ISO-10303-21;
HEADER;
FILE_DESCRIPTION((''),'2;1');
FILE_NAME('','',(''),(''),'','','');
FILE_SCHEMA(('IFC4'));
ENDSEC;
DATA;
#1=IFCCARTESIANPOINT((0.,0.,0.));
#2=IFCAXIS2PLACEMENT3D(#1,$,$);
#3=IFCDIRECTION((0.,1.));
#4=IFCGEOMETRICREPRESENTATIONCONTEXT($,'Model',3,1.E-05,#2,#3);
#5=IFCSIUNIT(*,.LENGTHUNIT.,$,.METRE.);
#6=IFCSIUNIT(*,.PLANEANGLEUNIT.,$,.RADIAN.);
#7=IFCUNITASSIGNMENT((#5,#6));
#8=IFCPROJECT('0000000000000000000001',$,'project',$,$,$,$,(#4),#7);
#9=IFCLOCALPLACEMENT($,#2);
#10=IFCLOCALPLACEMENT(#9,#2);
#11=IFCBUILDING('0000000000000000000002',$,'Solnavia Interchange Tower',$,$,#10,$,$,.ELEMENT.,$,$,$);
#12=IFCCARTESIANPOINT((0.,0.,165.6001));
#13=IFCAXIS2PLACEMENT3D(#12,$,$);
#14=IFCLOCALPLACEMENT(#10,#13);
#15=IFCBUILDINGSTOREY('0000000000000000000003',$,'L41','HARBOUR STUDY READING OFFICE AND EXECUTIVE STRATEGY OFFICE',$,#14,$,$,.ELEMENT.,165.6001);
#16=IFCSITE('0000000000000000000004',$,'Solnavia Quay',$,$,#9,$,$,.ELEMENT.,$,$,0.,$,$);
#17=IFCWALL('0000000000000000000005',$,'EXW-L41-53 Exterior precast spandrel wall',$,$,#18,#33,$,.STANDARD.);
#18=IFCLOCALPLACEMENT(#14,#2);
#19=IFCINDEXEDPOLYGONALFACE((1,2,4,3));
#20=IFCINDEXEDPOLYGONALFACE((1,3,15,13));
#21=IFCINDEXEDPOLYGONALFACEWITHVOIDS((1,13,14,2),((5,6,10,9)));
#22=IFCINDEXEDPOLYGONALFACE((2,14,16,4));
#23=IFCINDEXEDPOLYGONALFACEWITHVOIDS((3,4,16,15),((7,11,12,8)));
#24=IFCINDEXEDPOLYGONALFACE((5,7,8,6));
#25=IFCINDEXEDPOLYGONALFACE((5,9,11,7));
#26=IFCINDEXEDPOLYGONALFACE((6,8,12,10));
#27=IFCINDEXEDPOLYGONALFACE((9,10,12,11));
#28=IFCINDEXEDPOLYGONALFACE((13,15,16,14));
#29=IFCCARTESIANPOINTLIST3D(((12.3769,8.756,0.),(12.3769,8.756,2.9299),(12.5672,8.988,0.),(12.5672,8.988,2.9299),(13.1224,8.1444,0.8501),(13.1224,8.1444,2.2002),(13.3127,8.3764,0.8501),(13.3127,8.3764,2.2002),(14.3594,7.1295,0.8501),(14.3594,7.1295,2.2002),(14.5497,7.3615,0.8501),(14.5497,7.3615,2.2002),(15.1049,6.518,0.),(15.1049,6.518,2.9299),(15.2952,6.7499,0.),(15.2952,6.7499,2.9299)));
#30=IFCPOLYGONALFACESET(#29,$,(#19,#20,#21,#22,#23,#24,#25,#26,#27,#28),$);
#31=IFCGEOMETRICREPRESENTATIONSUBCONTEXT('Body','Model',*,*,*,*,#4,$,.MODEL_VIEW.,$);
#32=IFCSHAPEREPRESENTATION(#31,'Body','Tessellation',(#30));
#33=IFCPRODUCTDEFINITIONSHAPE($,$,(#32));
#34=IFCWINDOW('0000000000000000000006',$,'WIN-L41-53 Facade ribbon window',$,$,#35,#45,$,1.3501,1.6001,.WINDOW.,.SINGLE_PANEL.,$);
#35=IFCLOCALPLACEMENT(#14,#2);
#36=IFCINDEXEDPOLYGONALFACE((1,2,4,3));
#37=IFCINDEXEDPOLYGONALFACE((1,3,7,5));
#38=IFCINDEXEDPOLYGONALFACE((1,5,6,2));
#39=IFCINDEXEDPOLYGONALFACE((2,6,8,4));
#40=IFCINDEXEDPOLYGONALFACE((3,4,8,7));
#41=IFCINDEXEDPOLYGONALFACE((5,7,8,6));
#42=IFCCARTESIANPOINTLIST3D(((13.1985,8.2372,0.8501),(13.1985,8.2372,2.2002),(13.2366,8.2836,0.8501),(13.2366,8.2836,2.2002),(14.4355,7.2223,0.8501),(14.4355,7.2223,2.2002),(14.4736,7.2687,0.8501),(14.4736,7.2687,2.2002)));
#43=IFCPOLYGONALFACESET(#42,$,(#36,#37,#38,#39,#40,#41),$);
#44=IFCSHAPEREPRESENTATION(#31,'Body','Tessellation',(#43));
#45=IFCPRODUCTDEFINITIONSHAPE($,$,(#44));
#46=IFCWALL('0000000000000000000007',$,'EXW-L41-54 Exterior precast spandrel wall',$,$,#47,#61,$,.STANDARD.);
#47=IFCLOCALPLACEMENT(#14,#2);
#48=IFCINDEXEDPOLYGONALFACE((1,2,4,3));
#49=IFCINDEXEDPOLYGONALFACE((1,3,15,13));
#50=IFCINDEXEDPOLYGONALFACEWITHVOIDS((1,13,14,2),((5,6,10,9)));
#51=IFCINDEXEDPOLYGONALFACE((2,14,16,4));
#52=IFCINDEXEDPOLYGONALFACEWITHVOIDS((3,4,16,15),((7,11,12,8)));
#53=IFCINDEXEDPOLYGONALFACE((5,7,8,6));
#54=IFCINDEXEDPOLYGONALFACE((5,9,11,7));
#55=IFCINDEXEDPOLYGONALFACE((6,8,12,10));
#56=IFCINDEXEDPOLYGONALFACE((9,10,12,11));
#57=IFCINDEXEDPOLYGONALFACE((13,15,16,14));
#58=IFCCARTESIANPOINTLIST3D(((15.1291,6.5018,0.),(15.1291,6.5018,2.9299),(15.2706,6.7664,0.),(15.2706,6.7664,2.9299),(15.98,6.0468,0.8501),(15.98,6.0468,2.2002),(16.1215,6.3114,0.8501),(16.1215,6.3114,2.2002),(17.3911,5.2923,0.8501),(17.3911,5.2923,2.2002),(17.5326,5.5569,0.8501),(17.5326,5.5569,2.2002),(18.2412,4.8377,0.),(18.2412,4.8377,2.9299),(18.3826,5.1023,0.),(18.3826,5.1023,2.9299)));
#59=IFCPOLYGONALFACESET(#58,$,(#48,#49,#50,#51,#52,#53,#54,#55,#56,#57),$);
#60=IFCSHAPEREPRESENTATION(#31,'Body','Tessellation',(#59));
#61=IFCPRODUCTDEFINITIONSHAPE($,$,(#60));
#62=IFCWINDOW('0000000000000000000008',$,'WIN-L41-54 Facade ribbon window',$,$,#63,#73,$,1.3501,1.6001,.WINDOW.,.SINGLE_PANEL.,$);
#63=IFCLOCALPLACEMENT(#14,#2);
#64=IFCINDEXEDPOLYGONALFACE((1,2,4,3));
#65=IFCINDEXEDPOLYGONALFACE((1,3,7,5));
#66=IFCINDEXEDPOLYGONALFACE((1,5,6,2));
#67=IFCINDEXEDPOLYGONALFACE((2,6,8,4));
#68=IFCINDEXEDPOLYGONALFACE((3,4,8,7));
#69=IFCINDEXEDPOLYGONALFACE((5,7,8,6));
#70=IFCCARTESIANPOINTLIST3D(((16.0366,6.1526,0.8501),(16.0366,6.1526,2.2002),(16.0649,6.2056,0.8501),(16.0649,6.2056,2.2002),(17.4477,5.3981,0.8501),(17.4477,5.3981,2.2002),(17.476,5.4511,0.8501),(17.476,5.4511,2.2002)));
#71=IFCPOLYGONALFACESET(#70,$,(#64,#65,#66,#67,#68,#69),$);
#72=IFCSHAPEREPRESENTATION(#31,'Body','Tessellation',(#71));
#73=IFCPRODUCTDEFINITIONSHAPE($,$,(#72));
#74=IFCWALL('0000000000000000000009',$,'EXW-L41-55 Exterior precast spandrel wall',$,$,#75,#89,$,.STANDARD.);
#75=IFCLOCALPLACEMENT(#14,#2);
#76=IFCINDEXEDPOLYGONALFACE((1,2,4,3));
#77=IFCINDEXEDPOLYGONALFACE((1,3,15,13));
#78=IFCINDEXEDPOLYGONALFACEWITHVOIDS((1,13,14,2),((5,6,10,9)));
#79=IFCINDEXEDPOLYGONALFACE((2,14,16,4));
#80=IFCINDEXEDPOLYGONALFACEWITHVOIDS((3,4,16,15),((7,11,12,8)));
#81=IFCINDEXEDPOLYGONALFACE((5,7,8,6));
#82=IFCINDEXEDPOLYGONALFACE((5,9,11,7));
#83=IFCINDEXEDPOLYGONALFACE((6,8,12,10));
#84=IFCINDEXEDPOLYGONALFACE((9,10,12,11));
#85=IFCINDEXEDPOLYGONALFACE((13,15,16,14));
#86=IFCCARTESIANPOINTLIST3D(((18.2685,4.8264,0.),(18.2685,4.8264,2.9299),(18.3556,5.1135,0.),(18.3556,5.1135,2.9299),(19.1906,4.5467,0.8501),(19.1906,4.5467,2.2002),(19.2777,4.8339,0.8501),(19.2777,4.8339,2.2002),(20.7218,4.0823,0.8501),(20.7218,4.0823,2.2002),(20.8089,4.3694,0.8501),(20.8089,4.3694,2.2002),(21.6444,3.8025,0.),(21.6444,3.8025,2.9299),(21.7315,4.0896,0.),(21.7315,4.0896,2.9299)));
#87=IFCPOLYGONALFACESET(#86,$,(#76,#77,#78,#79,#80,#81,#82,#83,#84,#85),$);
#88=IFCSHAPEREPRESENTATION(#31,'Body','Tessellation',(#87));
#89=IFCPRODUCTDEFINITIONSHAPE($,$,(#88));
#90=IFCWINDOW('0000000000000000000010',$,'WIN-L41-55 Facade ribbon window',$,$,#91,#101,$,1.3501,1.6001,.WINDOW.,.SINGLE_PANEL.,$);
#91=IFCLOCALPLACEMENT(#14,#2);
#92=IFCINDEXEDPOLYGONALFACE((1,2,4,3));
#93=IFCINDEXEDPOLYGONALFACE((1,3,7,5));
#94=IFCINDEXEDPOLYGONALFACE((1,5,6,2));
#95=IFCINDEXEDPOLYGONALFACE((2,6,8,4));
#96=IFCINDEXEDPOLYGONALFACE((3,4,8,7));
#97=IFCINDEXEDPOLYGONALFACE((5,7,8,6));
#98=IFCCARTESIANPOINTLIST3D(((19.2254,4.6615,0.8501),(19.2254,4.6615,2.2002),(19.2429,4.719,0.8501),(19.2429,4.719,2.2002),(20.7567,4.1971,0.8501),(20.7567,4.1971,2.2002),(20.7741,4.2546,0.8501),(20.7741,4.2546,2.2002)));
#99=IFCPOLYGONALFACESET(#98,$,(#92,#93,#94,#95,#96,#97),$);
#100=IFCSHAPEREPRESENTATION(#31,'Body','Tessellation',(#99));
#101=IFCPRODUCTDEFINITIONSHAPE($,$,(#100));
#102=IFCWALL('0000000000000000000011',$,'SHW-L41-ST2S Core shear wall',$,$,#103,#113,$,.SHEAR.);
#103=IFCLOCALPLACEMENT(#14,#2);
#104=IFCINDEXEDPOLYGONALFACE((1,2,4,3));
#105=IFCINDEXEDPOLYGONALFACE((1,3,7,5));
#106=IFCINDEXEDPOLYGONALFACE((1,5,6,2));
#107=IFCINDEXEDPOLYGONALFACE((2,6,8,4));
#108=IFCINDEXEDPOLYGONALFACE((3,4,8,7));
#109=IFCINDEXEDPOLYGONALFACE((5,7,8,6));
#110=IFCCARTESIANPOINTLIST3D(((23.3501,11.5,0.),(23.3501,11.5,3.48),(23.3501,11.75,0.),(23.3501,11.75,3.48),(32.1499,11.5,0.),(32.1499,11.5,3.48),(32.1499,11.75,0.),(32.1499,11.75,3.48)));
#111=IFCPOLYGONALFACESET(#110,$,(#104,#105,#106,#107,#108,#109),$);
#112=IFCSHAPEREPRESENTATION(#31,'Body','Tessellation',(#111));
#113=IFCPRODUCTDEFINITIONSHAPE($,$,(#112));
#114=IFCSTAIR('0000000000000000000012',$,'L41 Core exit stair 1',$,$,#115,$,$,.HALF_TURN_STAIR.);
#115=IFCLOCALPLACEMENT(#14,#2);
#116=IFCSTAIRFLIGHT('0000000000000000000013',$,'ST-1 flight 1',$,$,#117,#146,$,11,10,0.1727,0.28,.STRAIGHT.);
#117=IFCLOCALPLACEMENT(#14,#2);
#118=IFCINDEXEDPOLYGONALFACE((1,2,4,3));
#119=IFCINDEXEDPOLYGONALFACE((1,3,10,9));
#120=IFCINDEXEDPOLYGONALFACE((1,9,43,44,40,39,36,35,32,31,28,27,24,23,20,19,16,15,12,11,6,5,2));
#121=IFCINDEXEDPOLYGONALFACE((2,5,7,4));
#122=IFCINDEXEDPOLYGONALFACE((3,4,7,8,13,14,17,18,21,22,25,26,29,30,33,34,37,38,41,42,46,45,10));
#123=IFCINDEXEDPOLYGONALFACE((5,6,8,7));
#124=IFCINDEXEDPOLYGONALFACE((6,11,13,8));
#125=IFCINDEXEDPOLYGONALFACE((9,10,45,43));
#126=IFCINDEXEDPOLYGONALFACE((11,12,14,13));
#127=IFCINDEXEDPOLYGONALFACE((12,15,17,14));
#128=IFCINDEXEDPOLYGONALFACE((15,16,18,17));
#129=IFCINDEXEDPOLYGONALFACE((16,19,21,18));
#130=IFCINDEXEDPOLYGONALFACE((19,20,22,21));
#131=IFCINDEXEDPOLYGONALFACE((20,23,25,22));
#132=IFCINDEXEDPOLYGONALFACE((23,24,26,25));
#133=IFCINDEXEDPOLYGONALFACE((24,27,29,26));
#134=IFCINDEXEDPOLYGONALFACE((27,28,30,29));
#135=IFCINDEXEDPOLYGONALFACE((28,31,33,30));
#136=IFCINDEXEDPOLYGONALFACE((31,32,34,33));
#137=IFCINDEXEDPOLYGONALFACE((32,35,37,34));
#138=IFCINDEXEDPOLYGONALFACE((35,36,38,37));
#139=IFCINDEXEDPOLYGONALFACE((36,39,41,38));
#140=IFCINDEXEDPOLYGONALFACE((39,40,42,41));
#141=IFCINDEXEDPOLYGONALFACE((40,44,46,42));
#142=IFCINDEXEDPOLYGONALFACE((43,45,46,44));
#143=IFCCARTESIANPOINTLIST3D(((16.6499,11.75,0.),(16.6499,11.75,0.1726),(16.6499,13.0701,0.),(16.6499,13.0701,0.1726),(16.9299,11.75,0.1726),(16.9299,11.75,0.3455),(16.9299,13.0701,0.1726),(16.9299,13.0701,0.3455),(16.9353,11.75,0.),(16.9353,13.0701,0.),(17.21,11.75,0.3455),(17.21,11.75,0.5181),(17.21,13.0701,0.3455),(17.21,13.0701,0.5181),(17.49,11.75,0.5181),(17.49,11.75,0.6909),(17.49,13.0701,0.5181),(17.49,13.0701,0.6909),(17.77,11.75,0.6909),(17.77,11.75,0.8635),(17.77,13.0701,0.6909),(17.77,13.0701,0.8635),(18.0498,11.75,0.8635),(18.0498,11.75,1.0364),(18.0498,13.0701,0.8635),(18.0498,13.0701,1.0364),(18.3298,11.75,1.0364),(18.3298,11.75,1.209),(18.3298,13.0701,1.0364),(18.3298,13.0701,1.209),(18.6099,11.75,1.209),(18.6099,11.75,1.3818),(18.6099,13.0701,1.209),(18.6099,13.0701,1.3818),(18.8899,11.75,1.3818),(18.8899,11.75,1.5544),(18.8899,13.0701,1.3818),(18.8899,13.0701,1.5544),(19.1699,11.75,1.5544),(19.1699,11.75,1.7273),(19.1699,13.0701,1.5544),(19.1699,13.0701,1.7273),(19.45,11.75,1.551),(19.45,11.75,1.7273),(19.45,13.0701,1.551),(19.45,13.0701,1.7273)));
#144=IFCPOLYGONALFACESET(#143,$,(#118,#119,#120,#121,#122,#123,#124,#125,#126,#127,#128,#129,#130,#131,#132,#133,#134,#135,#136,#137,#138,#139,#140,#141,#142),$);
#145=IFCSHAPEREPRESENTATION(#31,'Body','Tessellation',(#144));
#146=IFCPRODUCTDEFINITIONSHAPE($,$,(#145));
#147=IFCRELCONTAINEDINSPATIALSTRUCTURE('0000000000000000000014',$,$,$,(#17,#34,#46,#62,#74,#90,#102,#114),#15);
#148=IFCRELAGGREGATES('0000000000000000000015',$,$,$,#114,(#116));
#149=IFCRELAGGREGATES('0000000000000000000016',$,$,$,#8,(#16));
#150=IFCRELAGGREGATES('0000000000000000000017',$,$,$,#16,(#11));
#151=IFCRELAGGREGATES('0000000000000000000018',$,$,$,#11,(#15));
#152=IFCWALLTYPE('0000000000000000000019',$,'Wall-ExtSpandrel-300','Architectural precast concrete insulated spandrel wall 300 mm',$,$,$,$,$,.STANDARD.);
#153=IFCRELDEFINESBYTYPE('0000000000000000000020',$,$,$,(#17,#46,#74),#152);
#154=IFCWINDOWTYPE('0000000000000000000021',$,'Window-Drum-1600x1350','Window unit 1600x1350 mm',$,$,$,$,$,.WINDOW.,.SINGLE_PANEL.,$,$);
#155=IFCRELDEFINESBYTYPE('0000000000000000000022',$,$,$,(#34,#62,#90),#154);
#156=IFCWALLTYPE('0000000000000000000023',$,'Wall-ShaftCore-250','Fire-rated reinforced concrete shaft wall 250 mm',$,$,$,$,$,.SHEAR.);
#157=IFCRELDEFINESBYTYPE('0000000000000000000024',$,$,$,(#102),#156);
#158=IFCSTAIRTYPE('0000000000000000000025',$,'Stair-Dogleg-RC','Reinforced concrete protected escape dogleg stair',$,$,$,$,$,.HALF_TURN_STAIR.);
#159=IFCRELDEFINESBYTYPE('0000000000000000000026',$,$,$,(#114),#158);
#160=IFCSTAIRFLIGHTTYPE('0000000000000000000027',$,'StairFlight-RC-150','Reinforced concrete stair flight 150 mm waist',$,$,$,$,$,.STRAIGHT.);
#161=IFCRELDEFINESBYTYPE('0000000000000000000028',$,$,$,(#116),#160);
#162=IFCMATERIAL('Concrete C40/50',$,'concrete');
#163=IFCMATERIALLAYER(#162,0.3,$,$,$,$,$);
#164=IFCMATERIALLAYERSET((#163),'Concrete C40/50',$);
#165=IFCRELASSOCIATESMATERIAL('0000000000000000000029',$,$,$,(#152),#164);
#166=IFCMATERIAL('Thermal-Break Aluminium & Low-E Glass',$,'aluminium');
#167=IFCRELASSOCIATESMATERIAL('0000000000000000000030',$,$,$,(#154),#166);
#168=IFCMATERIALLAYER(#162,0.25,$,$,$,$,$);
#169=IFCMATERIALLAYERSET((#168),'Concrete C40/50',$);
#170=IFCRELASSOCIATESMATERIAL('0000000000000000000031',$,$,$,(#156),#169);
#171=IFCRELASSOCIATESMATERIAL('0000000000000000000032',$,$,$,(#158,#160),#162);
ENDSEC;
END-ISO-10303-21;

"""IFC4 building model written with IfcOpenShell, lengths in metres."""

from ifc_helpers import new_model, si_unit, direction, frame, frame_2d, origin, place, context, subcontext, project, spatial, polyline, rectangle, outline, extrude, material, layer, layer_set, type_object, element, fill, aggregate, save


model = new_model("IFC4")

# Units and contexts
model_context = context("Model", 3, precision=1e-05, world=origin(), true_north=direction((0.0, 1.0)))
body_context = subcontext(model_context, "Body", "Model", "MODEL_VIEW")
ifc_project = project(units=[si_unit("LENGTHUNIT", "METRE"), si_unit("PLANEANGLEUNIT", "RADIAN")], contexts=[model_context])

# Site, building, storey
site_placement = place(None, origin())
site = spatial("IfcSite", under=ifc_project, at=site_placement, Name="Solnavia Quay", CompositionType="ELEMENT", RefElevation=0.0)
building_placement = place(site_placement, origin())
building = spatial("IfcBuilding", under=site, at=building_placement, Name="Solnavia Interchange Tower", CompositionType="ELEMENT")
storey_placement = place(building_placement, frame((0.0, 0.0, 165.6001)))
storey = spatial("IfcBuildingStorey", under=building, at=storey_placement, Name="L41", Description="HARBOUR STUDY READING OFFICE AND EXECUTIVE STRATEGY OFFICE", CompositionType="ELEMENT", Elevation=165.6001)

# Walls, openings, windows
ifc_material_1 = material(Name="Concrete C40/50", Category="concrete")
ifc_layer_1 = layer(ifc_material_1, 0.3)
ifc_layer_set_1 = layer_set([ifc_layer_1], Name="Concrete C40/50")
wall_type_1 = type_object("IfcWallType", Name="Wall-ExtSpandrel-300", Description="Architectural precast concrete insulated spandrel wall 300 mm", PredefinedType="STANDARD", material=ifc_layer_set_1)
wall_1_placement = place(storey_placement, frame((15.2, 6.634, 0.0), z_axis=(0.0, 0.0, 1.0), x_axis=(-0.773121, 0.634258, 0.0)))
wall_1 = element("IfcWall", 1, at=wall_1_placement, inside=storey, type_object=wall_type_1, Name="EXW-L41-53 Exterior precast spandrel wall", PredefinedType="STANDARD", context=body_context, shape_type="SweptSolid", body=[
    extrude(rectangle(XDim=3.5286, YDim=0.3, at=frame_2d((1.7642, 0.0))), origin(), (0.0, 0.0, 1.0), 2.9299),
])
opening_1_placement = place(wall_1_placement, frame((0.9641, 0.0, 0.8501)))
opening_1 = element("IfcOpeningElement", 2, at=opening_1_placement, cuts=wall_1, PredefinedType="OPENING", context=body_context, shape_type="SweptSolid", body=[
    extrude(rectangle(XDim=1.6001, YDim=1.3501, at=frame_2d((0.8, 0.675))), frame((0.0, 0.1602, 0.0), z_axis=(0.0, -1.0, 0.0), x_axis=(1.0, 0.0, 0.0)), (0.0, 0.0, 1.0), 0.3201),
])
ifc_material_2 = material(Name="Thermal-Break Aluminium & Low-E Glass", Category="aluminium")
window_type = type_object("IfcWindowType", Name="Window-Drum-1600x1350", Description="Window unit 1600x1350 mm", PartitioningType="SINGLE_PANEL", PredefinedType="WINDOW", material=ifc_material_2)
window_1_placement = place(opening_1_placement, origin())
window_1 = element("IfcWindow", 3, at=window_1_placement, inside=storey, type_object=window_type, Name="WIN-L41-53 Facade ribbon window", OverallHeight=1.3501, OverallWidth=1.6001, PartitioningType="SINGLE_PANEL", PredefinedType="WINDOW", context=body_context, shape_type="SweptSolid", body=[
    extrude(rectangle(XDim=1.6001, YDim=1.3501, at=frame_2d((0.8, 0.675))), frame((0.0, 0.03, 0.0), z_axis=(0.0, -1.0, 0.0), x_axis=(1.0, 0.0, 0.0)), (0.0, 0.0, 1.0), 0.0601),
])
fill(opening_1, window_1)
wall_2_placement = place(storey_placement, frame((18.312, 4.97, 0.0), z_axis=(0.0, 0.0, 1.0), x_axis=(-0.881847, 0.471536, 0.0)))
wall_2 = element("IfcWall", 4, at=wall_2_placement, inside=storey, type_object=wall_type_1, Name="EXW-L41-54 Exterior precast spandrel wall", PredefinedType="STANDARD", context=body_context, shape_type="SweptSolid", body=[
    extrude(rectangle(XDim=3.5291, YDim=0.3, at=frame_2d((1.7646, 0.0))), origin(), (0.0, 0.0, 1.0), 2.9299),
])
opening_2_placement = place(wall_2_placement, frame((0.9641, 0.0, 0.8501)))
opening_2 = element("IfcOpeningElement", 5, at=opening_2_placement, cuts=wall_2, PredefinedType="OPENING", context=body_context, shape_type="SweptSolid", body=[
    extrude(rectangle(XDim=1.6001, YDim=1.3501, at=frame_2d((0.8, 0.675))), frame((0.0, 0.1602, 0.0), z_axis=(0.0, -1.0, 0.0), x_axis=(1.0, 0.0, 0.0)), (0.0, 0.0, 1.0), 0.3201),
])
window_2_placement = place(opening_2_placement, origin())
window_2 = element("IfcWindow", 6, at=window_2_placement, inside=storey, type_object=window_type, Name="WIN-L41-54 Facade ribbon window", OverallHeight=1.3501, OverallWidth=1.6001, PartitioningType="SINGLE_PANEL", PredefinedType="WINDOW", context=body_context, shape_type="SweptSolid", body=[
    extrude(rectangle(XDim=1.6001, YDim=1.3501, at=frame_2d((0.8, 0.675))), frame((0.0, 0.03, 0.0), z_axis=(0.0, -1.0, 0.0), x_axis=(1.0, 0.0, 0.0)), (0.0, 0.0, 1.0), 0.0601),
])
fill(opening_2, window_2)
wall_3_placement = place(storey_placement, frame((21.688, 3.946, 0.0), z_axis=(0.0, 0.0, 1.0), x_axis=(-0.956953, 0.290242, 0.0)))
wall_3 = element("IfcWall", 7, at=wall_3_placement, inside=storey, type_object=wall_type_1, Name="EXW-L41-55 Exterior precast spandrel wall", PredefinedType="STANDARD", context=body_context, shape_type="SweptSolid", body=[
    extrude(rectangle(XDim=3.5278, YDim=0.3, at=frame_2d((1.7639, 0.0))), origin(), (0.0, 0.0, 1.0), 2.9299),
])
opening_3_placement = place(wall_3_placement, frame((0.9641, 0.0, 0.8501)))
opening_3 = element("IfcOpeningElement", 8, at=opening_3_placement, cuts=wall_3, PredefinedType="OPENING", context=body_context, shape_type="SweptSolid", body=[
    extrude(rectangle(XDim=1.6001, YDim=1.3501, at=frame_2d((0.8, 0.675))), frame((0.0, 0.1602, 0.0), z_axis=(0.0, -1.0, 0.0), x_axis=(1.0, 0.0, 0.0)), (0.0, 0.0, 1.0), 0.3201),
])
window_3_placement = place(opening_3_placement, origin())
window_3 = element("IfcWindow", 9, at=window_3_placement, inside=storey, type_object=window_type, Name="WIN-L41-55 Facade ribbon window", OverallHeight=1.3501, OverallWidth=1.6001, PartitioningType="SINGLE_PANEL", PredefinedType="WINDOW", context=body_context, shape_type="SweptSolid", body=[
    extrude(rectangle(XDim=1.6001, YDim=1.3501, at=frame_2d((0.8, 0.675))), frame((0.0, 0.03, 0.0), z_axis=(0.0, -1.0, 0.0), x_axis=(1.0, 0.0, 0.0)), (0.0, 0.0, 1.0), 0.0601),
])
fill(opening_3, window_3)

# Wall
ifc_layer_2 = layer(ifc_material_1, 0.25)
ifc_layer_set_2 = layer_set([ifc_layer_2], Name="Concrete C40/50")
wall_type_2 = type_object("IfcWallType", Name="Wall-ShaftCore-250", Description="Fire-rated reinforced concrete shaft wall 250 mm", PredefinedType="SHEAR", material=ifc_layer_set_2)
wall_4_placement = place(storey_placement, frame((23.3501, 11.625, 0.0), z_axis=(0.0, 0.0, 1.0), x_axis=(1.0, 0.0, 0.0)))
element("IfcWall", 10, at=wall_4_placement, inside=storey, type_object=wall_type_2, Name="SHW-L41-ST2S Core shear wall", PredefinedType="SHEAR", context=body_context, shape_type="SweptSolid", body=[
    extrude(rectangle(XDim=8.7998, YDim=0.25, at=frame_2d((4.3999, 0.0))), origin(), (0.0, 0.0, 1.0), 3.48),
])

# Stair, stair flight
stair_type = type_object("IfcStairType", Name="Stair-Dogleg-RC", Description="Reinforced concrete protected escape dogleg stair", PredefinedType="HALF_TURN_STAIR", material=ifc_material_1)
stair_placement = place(storey_placement, origin())
stair = element("IfcStair", 11, at=stair_placement, inside=storey, type_object=stair_type, Name="L41 Core exit stair 1", PredefinedType="HALF_TURN_STAIR")
stair_flight_type = type_object("IfcStairFlightType", Name="StairFlight-RC-150", Description="Reinforced concrete stair flight 150 mm waist", PredefinedType="STRAIGHT", material=ifc_material_1)
stair_flight_placement = place(storey_placement, frame((16.6499, 12.4099, 0.0), z_axis=(0.0, 0.0, 1.0), x_axis=(1.0, 0.0, 0.0)))
stair_flight = element("IfcStairFlight", 12, at=stair_flight_placement, type_object=stair_flight_type, Name="ST-1 flight 1", NumberOfRisers=11, NumberOfTreads=10, PredefinedType="STRAIGHT", RiserHeight=0.1727, TreadLength=0.28, context=body_context, shape_type="SweptSolid", body=[
    extrude(outline(polyline([(0.0, 0.0), (0.0, 0.1726), (0.28, 0.1726), (0.28, 0.3455), (0.5601, 0.3455), (0.5601, 0.5181), (0.8401, 0.5181), (0.8401, 0.6909), (1.1201, 0.6909), (1.1201, 0.8635), (1.3999, 0.8635), (1.3999, 1.0364), (1.6799, 1.0364), (1.6799, 1.209), (1.96, 1.209), (1.96, 1.3818), (2.24, 1.3818), (2.24, 1.5544), (2.52, 1.5544), (2.52, 1.7273), (2.8, 1.7273), (2.8, 1.8999), (2.8, 1.551), (0.2854, 0.0), (0.0, 0.0)])), frame((0.0, 0.6602, 0.0), z_axis=(0.0, -1.0, 0.0), x_axis=(1.0, 0.0, 0.0)), (0.0, 0.0, 1.0), 1.3201),
])
aggregate(stair, [stair_flight])

save(model, "model.ifc")
